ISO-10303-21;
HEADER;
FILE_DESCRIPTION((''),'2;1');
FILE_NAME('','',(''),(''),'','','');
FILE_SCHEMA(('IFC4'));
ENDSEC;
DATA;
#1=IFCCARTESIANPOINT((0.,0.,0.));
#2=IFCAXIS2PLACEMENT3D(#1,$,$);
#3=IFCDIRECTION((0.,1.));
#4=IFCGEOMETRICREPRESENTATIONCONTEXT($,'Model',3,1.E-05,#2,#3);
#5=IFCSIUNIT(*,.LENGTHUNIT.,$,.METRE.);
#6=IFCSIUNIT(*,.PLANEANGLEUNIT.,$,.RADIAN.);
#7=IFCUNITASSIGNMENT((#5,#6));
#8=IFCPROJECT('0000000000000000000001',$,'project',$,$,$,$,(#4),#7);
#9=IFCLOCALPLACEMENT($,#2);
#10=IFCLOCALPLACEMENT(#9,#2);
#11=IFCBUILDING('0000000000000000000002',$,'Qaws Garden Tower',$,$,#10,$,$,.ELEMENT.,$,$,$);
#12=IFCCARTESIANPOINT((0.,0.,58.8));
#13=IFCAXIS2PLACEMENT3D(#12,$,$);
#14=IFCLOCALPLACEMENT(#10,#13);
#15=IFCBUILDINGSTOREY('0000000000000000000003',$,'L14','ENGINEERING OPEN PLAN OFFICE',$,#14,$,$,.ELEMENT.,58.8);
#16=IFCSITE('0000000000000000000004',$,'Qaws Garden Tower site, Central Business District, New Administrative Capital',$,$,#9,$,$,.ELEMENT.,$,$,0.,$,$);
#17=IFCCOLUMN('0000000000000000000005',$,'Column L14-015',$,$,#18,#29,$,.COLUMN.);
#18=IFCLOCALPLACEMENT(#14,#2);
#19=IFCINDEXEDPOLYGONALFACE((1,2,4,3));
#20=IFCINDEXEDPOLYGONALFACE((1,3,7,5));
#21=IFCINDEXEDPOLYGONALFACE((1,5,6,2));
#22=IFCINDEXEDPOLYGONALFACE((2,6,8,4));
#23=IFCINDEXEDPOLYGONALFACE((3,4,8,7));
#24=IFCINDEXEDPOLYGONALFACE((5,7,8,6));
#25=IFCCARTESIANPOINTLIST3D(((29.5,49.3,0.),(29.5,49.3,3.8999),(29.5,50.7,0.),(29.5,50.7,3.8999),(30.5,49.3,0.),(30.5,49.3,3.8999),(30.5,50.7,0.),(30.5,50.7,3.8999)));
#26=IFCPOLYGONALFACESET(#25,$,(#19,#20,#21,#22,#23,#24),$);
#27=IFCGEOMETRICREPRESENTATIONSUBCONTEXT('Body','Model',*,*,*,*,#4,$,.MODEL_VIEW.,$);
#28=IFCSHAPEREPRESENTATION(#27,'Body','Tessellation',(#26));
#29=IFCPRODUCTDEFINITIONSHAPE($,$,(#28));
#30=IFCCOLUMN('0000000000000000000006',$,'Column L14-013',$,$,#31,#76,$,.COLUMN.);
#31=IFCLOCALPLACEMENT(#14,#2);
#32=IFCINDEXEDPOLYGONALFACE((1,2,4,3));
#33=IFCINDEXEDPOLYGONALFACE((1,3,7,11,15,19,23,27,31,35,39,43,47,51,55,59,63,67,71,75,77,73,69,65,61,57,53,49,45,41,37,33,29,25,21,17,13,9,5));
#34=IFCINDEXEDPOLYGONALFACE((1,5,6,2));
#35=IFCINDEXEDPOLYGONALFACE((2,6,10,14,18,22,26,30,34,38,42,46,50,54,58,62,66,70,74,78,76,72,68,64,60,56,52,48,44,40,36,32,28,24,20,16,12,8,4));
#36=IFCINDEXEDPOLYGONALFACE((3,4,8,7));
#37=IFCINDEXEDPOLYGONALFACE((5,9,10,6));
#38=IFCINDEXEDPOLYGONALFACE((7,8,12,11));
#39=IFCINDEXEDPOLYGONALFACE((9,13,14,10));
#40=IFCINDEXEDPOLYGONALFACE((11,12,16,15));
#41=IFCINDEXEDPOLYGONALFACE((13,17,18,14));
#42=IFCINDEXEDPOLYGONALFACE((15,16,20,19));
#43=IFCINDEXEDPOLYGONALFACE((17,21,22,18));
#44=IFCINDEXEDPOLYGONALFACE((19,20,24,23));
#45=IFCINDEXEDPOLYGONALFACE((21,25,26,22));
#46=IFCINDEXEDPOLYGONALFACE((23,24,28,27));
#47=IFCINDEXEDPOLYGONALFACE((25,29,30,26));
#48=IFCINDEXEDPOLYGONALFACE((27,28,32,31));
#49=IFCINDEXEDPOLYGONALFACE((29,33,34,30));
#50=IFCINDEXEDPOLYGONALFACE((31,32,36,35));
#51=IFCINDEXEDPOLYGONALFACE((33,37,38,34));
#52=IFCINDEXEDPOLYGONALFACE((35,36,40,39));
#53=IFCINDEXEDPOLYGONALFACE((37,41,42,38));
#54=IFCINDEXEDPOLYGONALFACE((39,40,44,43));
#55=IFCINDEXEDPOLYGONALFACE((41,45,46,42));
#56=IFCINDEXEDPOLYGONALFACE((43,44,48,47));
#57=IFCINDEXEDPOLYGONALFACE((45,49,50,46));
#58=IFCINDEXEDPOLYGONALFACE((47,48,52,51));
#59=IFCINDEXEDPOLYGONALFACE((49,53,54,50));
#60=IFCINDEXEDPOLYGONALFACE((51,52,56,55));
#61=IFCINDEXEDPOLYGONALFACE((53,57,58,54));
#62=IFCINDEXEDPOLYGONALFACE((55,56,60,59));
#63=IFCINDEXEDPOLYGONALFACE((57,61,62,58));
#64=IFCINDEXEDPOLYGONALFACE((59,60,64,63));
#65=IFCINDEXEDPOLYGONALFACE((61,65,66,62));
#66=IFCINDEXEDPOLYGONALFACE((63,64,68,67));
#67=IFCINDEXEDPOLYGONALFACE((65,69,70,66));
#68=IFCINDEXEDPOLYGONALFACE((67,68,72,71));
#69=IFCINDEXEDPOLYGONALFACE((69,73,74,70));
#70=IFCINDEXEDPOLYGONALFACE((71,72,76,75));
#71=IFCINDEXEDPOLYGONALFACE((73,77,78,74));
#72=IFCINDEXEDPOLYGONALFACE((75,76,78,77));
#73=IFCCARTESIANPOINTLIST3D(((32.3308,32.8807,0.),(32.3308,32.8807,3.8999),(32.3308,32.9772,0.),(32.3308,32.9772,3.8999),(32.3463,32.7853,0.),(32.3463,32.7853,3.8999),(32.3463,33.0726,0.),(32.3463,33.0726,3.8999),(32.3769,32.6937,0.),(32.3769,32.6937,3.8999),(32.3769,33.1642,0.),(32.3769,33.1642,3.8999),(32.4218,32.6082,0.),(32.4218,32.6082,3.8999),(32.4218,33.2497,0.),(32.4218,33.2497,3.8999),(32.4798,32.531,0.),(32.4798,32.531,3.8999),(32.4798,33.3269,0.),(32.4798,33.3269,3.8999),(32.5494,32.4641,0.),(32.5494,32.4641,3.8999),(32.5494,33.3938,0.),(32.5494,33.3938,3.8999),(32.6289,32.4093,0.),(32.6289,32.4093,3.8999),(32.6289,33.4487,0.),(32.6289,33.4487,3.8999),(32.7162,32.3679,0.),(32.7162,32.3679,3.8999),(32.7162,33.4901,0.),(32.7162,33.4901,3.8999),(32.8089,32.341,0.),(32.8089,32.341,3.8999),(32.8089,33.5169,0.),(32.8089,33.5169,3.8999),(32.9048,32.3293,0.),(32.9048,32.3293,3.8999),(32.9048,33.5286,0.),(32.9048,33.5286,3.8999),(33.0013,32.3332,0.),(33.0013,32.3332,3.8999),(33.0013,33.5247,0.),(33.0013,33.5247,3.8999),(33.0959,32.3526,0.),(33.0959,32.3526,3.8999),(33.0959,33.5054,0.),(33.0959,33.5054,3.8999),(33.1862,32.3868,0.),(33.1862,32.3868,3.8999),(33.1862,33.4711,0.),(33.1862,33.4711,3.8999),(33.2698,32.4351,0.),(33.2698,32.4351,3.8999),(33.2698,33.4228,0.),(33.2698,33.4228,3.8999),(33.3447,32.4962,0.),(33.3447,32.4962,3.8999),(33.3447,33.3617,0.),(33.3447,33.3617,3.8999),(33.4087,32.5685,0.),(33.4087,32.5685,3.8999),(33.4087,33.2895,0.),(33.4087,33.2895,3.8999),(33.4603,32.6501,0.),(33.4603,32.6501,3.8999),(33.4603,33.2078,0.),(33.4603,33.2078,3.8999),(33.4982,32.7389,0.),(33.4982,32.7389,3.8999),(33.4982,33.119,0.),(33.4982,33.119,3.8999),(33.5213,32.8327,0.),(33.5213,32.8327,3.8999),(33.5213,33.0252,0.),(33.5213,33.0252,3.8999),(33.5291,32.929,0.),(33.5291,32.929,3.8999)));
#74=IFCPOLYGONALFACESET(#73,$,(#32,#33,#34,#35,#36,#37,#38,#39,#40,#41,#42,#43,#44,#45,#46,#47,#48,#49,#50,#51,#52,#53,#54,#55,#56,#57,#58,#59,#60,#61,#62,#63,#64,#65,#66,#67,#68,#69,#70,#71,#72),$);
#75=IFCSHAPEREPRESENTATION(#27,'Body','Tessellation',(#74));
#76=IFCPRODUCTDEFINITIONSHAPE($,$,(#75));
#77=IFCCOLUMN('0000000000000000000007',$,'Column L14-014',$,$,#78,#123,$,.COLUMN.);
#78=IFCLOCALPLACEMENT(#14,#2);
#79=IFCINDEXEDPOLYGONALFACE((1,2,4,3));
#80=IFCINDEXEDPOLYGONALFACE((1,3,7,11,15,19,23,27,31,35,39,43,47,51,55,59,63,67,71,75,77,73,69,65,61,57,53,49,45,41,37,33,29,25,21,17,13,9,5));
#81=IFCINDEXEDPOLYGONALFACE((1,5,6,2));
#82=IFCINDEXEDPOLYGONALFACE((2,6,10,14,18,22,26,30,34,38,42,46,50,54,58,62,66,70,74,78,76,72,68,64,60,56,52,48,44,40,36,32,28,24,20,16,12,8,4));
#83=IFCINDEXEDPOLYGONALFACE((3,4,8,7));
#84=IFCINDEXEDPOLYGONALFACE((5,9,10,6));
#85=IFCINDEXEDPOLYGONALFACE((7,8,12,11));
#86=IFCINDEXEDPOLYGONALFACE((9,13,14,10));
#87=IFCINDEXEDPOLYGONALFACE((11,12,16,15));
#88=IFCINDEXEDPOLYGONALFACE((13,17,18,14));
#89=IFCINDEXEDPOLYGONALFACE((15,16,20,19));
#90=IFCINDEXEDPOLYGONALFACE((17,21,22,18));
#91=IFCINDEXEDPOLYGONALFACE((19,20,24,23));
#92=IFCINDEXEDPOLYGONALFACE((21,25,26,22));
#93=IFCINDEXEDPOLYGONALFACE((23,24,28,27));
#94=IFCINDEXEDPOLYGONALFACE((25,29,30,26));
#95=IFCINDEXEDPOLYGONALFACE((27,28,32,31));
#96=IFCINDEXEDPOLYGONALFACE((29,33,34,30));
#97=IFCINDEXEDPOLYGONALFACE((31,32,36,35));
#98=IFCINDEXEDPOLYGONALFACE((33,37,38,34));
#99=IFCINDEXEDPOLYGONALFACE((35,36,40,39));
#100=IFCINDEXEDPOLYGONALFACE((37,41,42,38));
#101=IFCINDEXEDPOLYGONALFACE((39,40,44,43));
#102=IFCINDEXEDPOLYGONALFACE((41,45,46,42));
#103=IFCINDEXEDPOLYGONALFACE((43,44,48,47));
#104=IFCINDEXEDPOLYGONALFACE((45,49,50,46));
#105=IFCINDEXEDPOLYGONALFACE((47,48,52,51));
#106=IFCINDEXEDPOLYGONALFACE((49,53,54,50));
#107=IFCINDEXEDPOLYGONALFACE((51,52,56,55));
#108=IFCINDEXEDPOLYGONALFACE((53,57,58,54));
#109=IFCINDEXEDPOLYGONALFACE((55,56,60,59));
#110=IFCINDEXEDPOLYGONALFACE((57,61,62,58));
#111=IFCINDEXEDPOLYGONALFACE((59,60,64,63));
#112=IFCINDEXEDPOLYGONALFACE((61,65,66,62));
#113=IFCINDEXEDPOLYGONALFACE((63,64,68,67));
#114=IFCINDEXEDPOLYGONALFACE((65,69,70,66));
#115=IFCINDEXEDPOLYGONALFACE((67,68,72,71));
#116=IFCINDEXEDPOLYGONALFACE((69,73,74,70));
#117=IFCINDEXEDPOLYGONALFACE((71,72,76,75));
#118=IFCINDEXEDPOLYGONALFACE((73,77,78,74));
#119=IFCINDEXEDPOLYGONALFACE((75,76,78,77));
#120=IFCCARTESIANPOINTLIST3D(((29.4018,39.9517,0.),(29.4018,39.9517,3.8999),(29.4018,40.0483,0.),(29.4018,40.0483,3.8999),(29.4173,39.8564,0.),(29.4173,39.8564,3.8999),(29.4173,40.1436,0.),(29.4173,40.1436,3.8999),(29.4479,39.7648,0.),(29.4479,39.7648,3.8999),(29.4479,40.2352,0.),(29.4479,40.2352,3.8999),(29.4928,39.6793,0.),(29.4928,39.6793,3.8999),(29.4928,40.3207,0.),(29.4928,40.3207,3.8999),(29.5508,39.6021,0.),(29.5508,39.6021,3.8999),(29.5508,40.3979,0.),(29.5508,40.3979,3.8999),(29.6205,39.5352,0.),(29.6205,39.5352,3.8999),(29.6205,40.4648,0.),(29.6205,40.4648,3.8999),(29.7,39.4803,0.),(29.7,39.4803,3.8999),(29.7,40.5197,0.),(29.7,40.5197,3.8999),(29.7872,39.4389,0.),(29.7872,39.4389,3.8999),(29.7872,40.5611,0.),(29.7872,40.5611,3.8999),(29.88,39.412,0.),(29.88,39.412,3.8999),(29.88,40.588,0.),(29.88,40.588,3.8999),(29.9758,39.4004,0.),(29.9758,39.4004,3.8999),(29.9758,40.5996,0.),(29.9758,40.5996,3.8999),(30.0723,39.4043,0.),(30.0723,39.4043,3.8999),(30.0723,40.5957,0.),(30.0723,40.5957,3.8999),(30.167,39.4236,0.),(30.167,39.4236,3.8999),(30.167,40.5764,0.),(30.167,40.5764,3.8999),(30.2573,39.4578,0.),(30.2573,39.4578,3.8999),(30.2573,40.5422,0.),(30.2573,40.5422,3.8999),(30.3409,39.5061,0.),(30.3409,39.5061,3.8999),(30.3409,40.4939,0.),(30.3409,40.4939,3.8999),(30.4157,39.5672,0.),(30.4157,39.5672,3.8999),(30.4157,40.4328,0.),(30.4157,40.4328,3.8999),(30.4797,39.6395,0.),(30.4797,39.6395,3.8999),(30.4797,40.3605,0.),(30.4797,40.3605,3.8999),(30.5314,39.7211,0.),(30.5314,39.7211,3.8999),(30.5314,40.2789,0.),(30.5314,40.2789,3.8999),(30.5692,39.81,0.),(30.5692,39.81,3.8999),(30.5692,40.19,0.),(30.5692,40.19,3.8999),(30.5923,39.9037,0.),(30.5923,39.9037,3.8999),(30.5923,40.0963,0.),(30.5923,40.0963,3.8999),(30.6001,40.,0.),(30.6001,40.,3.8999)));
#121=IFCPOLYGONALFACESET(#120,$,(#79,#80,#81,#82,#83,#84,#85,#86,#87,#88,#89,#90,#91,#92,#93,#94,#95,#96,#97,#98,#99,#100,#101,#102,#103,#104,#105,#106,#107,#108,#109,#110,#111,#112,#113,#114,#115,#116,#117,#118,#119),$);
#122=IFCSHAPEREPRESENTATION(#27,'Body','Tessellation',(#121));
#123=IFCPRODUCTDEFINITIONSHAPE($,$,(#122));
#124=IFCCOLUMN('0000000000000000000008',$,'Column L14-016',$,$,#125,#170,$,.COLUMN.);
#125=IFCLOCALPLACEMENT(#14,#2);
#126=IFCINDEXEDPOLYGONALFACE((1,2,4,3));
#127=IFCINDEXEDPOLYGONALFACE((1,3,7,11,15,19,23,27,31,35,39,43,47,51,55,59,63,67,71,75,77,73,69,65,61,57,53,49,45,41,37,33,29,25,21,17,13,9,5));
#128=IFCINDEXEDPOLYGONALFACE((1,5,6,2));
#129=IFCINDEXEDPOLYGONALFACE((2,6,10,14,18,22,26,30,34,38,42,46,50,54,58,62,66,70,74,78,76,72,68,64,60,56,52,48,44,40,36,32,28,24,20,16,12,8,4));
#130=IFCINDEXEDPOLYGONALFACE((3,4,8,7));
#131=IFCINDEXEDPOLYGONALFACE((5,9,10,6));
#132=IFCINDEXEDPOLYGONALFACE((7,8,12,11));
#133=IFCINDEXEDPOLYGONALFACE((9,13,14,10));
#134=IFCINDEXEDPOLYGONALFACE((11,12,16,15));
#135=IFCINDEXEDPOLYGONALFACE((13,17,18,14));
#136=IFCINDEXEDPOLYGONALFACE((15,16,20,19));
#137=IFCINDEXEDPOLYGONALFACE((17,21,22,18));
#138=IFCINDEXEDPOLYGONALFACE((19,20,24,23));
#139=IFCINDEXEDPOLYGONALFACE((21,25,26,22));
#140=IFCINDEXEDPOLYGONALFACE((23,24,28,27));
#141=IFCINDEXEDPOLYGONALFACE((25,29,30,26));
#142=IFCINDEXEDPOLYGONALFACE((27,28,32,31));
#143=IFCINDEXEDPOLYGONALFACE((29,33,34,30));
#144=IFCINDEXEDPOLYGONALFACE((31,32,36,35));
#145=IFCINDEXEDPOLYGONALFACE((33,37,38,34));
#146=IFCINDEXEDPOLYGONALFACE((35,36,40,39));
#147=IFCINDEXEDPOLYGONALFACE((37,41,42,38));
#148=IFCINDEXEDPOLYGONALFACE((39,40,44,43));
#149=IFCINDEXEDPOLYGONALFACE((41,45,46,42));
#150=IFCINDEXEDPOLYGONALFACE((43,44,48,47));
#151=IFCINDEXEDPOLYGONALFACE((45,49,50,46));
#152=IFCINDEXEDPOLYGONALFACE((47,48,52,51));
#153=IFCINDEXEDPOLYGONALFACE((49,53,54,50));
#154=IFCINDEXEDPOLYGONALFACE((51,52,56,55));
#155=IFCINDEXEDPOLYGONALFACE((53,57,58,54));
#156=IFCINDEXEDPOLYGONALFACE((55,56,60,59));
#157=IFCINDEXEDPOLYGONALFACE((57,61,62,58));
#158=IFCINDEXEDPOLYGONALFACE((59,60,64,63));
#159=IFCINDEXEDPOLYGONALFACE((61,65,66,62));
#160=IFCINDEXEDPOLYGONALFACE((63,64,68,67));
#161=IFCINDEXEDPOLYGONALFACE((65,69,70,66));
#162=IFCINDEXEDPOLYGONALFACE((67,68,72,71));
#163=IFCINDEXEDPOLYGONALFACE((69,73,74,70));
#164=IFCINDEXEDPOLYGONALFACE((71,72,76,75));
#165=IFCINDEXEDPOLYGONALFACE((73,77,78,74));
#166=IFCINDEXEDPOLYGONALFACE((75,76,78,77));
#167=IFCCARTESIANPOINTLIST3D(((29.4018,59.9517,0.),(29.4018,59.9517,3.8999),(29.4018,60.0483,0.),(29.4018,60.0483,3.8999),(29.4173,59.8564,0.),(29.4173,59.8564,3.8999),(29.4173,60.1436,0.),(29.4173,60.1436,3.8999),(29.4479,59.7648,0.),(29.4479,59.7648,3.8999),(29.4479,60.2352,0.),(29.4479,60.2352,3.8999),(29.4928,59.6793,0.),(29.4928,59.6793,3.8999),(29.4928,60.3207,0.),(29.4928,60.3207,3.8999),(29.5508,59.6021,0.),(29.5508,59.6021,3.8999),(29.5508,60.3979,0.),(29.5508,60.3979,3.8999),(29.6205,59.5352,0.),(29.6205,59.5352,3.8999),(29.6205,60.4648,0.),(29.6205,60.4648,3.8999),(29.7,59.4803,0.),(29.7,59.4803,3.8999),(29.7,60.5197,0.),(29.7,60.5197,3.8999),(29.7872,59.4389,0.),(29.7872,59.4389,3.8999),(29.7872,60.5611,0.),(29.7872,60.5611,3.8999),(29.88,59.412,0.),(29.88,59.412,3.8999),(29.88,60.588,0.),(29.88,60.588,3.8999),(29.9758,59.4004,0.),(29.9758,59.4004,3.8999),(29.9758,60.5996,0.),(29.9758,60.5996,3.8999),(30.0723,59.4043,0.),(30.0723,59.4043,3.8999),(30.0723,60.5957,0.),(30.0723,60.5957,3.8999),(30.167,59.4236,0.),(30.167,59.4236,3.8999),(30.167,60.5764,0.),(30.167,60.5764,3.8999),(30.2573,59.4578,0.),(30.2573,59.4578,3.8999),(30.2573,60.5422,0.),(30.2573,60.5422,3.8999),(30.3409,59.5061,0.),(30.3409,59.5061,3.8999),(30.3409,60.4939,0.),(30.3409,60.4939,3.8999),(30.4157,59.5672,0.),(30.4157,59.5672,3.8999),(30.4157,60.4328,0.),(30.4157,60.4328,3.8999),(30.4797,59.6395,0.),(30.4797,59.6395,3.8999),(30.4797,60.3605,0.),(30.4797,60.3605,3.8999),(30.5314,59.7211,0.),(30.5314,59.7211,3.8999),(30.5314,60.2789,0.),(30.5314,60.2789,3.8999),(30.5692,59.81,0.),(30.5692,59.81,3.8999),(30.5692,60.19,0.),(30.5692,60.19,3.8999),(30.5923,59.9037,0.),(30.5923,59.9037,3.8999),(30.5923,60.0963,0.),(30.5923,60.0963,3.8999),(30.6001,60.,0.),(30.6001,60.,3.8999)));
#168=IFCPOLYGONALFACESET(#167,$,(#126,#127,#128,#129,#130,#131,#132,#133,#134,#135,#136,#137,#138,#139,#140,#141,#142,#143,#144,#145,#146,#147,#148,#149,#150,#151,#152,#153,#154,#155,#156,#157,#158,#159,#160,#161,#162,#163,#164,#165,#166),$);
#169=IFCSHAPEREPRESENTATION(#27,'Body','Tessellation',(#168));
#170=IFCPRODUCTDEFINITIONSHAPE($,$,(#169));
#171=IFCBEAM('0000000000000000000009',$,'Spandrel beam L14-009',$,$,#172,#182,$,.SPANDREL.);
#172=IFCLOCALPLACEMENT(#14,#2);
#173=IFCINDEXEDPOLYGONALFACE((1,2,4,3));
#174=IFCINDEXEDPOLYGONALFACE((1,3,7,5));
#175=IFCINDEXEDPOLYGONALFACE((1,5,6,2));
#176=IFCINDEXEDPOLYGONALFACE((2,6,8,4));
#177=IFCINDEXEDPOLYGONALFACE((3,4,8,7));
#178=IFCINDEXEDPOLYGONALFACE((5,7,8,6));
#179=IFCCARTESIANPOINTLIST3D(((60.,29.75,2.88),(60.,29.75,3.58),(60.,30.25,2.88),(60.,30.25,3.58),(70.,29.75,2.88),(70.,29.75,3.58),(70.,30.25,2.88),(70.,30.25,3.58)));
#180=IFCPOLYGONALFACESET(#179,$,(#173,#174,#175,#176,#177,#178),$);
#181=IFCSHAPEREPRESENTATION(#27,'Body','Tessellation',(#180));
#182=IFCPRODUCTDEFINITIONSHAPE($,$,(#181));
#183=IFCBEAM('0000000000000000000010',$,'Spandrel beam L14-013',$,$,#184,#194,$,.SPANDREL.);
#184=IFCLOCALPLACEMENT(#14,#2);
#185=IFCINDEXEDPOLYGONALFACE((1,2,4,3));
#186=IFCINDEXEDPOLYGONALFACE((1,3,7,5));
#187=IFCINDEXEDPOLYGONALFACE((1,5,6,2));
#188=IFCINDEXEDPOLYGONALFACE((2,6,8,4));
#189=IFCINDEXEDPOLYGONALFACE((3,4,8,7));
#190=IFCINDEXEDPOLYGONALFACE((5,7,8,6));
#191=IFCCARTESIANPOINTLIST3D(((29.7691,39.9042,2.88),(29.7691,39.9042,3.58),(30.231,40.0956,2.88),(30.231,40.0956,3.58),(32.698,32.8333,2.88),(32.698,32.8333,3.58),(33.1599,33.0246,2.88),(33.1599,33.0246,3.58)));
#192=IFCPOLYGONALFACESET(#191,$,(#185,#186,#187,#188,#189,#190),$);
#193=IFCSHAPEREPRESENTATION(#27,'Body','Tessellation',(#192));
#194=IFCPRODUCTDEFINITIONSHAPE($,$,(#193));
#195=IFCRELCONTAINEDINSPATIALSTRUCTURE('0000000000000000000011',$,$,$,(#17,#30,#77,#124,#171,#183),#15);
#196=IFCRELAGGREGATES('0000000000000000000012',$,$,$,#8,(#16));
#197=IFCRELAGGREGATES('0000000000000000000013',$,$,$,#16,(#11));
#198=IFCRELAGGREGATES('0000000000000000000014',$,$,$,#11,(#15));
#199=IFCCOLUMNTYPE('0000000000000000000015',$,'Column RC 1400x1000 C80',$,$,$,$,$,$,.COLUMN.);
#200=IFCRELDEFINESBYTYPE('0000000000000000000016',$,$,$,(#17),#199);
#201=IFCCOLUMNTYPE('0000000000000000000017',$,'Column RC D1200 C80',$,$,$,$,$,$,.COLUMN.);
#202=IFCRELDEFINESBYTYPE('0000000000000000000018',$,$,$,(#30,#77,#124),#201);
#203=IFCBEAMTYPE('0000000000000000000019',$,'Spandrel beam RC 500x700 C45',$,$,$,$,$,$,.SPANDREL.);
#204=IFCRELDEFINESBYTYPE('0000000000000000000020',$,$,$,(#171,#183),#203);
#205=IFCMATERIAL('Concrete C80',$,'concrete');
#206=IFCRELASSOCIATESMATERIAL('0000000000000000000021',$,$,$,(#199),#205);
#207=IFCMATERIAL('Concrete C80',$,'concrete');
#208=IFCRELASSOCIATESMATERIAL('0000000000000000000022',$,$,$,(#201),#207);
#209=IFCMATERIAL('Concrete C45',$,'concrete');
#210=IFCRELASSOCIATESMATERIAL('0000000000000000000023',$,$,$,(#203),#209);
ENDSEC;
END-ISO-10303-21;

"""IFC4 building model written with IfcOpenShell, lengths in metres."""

from ifc_helpers import new_model, si_unit, direction, frame, origin, origin_2d, place, context, subcontext, project, spatial, rectangle, circle, extrude, material, material_profile, profile_set, type_object, element, save


model = new_model("IFC4")

# Units and contexts
model_context = context("Model", 3, precision=1e-05, world=origin(), true_north=direction((0.0, 1.0)))
body_context = subcontext(model_context, "Body", "Model", "MODEL_VIEW")
ifc_project = project(units=[si_unit("LENGTHUNIT", "METRE"), si_unit("PLANEANGLEUNIT", "RADIAN")], contexts=[model_context])

# Site, building, storey
site_placement = place(None, origin())
site = spatial("IfcSite", under=ifc_project, at=site_placement, Name="Qaws Garden Tower site, Central Business District, New Administrative Capital", CompositionType="ELEMENT", RefElevation=0.0)
building_placement = place(site_placement, origin())
building = spatial("IfcBuilding", under=site, at=building_placement, Name="Qaws Garden Tower", CompositionType="ELEMENT")
storey_placement = place(building_placement, frame((0.0, 0.0, 58.8)))
storey = spatial("IfcBuildingStorey", under=building, at=storey_placement, Name="L14", Description="ENGINEERING OPEN PLAN OFFICE", CompositionType="ELEMENT", Elevation=58.8)

# Columns
ifc_material_1 = material(Name="Concrete C80", Category="concrete")
ifc_material_profile_1 = material_profile(ifc_material_1, rectangle(XDim=1.3999, YDim=1.0, at=origin_2d()), Name="RC 1400x1000")
ifc_profile_set_1 = profile_set([ifc_material_profile_1], Name="Concrete C80")
column_type_1 = type_object("IfcColumnType", Name="Column RC 1400x1000 C80", PredefinedType="COLUMN", material=ifc_profile_set_1)
column_placement = place(storey_placement, frame((30.0, 50.0, 0.0), z_axis=(0.0, 0.0, 1.0), x_axis=(0.0, 1.0, 0.0)))
element("IfcColumn", 1, at=column_placement, inside=storey, type_object=column_type_1, Name="Column L14-015", PredefinedType="COLUMN", context=body_context, shape_type="SweptSolid", body=[
    extrude(rectangle(XDim=1.3999, YDim=1.0, at=origin_2d()), origin(), (0.0, 0.0, 1.0), 3.8999),
])
ifc_material_2 = material(Name="Concrete C80", Category="concrete")
ifc_material_profile_2 = material_profile(ifc_material_2, circle(Radius=0.6001, at=origin_2d()), Name="RC D1200")
ifc_profile_set_2 = profile_set([ifc_material_profile_2], Name="Concrete C80")
column_type_2 = type_object("IfcColumnType", Name="Column RC D1200 C80", PredefinedType="COLUMN", material=ifc_profile_set_2)
for number, where, z_axis, x_axis, name in (
    (2, (32.929, 32.929, 0.0), (0.0, 0.0, 1.0), (1.0, 0.0, 0.0), "Column L14-013"),
    (3, (30.0, 40.0, 0.0), (0.0, 0.0, 1.0), (1.0, 0.0, 0.0), "Column L14-014"),
    (4, (30.0, 60.0, 0.0), (0.0, 0.0, 1.0), (1.0, 0.0, 0.0), "Column L14-016"),
):
    element("IfcColumn", number, at=place(storey_placement, frame(where, z_axis=z_axis, x_axis=x_axis)), inside=storey, type_object=column_type_2, Name=name, PredefinedType="COLUMN", context=body_context, shape_type="SweptSolid", body=[
        extrude(circle(Radius=0.6001, at=origin_2d()), origin(), (0.0, 0.0, 1.0), 3.8999),
    ])

# Beams
ifc_material_3 = material(Name="Concrete C45", Category="concrete")
ifc_material_profile_3 = material_profile(ifc_material_3, rectangle(XDim=0.5, YDim=0.7, at=origin_2d()), Name="RC 500x700")
ifc_profile_set_3 = profile_set([ifc_material_profile_3], Name="Concrete C45")
beam_type = type_object("IfcBeamType", Name="Spandrel beam RC 500x700 C45", PredefinedType="SPANDREL", material=ifc_profile_set_3)
beam_1_placement = place(storey_placement, frame((70.0, 30.0, 3.23), z_axis=(-1.0, 0.0, 0.0), x_axis=(0.0, -1.0, 0.0)))
element("IfcBeam", 5, at=beam_1_placement, inside=storey, type_object=beam_type, Name="Spandrel beam L14-009", PredefinedType="SPANDREL", context=body_context, shape_type="SweptSolid", body=[
    extrude(rectangle(XDim=0.5, YDim=0.7, at=origin_2d()), origin(), (0.0, 0.0, 1.0), 10.0),
])
beam_2_placement = place(storey_placement, frame((32.929, 32.929, 3.23), z_axis=(-0.382687, 0.923878, 0.0), x_axis=(-0.923878, -0.382687, 0.0)))
element("IfcBeam", 6, at=beam_2_placement, inside=storey, type_object=beam_type, Name="Spandrel beam L14-013", PredefinedType="SPANDREL", context=body_context, shape_type="SweptSolid", body=[
    extrude(rectangle(XDim=0.5, YDim=0.7, at=origin_2d()), origin(), (0.0, 0.0, 1.0), 7.6536),
])

save(model, "model.ifc")
